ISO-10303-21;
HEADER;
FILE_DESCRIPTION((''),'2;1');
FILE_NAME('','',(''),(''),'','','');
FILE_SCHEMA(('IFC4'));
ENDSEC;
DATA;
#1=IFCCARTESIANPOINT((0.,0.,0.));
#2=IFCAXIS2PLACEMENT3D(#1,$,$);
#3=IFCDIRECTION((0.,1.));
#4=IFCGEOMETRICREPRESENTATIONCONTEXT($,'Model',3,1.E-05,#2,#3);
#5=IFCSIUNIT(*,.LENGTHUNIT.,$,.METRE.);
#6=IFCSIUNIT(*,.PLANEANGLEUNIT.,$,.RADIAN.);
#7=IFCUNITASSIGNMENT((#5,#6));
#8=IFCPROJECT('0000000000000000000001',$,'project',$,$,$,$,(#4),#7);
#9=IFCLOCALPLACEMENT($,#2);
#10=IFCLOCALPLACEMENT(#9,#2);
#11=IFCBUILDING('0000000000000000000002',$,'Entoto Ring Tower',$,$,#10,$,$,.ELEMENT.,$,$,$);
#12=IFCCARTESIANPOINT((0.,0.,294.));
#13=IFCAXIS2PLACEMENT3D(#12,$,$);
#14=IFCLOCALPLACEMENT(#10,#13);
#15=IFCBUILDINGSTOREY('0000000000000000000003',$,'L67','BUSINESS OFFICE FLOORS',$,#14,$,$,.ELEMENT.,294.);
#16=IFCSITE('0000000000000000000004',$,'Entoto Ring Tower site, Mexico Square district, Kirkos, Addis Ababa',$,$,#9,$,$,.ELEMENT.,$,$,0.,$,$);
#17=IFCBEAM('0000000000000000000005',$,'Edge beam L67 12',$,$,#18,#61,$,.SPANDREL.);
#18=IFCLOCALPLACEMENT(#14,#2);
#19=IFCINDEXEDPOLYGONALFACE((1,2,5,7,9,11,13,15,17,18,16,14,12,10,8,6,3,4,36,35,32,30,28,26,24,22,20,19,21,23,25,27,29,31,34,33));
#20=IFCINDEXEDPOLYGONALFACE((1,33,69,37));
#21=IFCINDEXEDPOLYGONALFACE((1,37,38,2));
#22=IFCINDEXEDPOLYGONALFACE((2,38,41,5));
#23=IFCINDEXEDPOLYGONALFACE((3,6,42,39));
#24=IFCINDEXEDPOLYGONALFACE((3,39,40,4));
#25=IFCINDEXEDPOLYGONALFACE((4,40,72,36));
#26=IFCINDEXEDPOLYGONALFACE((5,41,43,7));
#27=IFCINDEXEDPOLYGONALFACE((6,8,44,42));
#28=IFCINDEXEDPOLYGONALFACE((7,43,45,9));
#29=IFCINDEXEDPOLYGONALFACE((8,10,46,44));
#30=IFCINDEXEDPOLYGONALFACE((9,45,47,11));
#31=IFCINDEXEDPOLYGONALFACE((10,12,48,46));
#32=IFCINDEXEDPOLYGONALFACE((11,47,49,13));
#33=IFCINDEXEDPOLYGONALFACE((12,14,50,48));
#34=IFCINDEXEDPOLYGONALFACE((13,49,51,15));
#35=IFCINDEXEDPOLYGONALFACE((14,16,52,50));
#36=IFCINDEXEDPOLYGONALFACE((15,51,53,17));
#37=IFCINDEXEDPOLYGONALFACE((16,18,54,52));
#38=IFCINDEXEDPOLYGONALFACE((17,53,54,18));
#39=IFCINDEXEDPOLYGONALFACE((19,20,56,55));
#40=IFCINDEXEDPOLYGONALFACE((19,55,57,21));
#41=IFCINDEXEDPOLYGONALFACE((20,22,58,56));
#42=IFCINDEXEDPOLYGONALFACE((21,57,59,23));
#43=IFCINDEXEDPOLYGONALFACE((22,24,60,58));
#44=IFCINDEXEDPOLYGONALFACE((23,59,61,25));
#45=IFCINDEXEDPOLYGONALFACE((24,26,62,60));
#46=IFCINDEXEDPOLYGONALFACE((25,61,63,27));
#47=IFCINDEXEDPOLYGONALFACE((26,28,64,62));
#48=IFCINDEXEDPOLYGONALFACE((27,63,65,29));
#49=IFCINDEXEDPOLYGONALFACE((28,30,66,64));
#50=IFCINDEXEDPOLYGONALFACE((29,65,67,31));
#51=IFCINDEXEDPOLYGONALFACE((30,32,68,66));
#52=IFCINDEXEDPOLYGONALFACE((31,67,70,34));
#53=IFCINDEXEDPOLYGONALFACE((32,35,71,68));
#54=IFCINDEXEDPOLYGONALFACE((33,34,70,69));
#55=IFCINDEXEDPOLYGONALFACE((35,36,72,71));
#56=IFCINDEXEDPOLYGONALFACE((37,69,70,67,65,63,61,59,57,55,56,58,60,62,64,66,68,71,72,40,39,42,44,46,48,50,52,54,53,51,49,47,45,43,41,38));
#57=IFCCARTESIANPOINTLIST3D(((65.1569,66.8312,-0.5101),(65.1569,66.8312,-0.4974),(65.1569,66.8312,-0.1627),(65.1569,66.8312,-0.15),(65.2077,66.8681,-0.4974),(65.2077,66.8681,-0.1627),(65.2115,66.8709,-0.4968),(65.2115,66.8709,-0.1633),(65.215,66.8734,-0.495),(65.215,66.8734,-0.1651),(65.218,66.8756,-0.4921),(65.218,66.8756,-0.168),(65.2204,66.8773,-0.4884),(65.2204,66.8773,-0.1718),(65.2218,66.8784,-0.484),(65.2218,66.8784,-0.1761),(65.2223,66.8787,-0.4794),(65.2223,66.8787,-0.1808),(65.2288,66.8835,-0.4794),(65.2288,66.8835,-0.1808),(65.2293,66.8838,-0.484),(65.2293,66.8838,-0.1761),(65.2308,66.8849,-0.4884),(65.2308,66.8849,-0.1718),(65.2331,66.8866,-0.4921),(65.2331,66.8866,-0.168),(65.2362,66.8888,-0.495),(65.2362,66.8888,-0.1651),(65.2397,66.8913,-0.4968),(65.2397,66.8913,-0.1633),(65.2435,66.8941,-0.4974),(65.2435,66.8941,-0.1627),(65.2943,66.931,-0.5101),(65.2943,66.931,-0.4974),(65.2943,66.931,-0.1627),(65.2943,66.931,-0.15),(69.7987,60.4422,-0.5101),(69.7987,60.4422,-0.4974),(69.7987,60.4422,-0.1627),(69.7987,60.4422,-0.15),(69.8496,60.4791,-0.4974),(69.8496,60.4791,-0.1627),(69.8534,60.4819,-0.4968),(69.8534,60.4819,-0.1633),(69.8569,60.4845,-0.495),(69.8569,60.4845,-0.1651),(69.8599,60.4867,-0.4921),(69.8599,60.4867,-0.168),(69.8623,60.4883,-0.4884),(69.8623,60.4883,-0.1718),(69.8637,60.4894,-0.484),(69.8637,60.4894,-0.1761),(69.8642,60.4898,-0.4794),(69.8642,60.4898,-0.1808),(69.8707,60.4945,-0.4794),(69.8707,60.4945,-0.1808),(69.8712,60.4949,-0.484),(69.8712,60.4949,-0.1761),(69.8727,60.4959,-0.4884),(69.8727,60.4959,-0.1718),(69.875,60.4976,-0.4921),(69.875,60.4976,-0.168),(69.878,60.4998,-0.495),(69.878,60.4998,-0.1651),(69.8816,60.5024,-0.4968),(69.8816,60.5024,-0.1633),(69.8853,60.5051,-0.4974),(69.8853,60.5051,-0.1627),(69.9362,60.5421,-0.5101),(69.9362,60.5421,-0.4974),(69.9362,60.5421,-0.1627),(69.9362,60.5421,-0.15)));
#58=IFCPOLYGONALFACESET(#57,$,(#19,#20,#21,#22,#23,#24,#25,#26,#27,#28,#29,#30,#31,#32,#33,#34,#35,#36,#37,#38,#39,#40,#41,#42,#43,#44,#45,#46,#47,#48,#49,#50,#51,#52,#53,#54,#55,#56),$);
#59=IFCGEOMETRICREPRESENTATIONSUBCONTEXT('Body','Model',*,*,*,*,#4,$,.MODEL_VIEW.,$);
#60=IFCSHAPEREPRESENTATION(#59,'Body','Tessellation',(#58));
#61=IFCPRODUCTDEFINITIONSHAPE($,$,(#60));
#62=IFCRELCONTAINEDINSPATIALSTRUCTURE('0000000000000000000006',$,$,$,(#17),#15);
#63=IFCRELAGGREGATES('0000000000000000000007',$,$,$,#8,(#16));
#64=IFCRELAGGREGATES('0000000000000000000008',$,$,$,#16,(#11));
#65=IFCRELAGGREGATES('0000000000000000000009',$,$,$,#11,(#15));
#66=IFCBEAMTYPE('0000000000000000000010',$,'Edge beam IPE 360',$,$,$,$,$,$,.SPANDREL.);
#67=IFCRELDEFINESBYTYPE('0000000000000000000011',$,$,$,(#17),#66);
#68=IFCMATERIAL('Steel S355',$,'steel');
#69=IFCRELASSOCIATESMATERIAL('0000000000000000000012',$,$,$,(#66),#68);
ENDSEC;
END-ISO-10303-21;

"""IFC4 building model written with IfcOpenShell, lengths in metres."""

from ifc_helpers import new_model, si_unit, direction, frame, origin, origin_2d, place, context, subcontext, project, spatial, i_section, extrude, material, material_profile, profile_set, type_object, element, save


model = new_model("IFC4")

# Units and contexts
model_context = context("Model", 3, precision=1e-05, world=origin(), true_north=direction((0.0, 1.0)))
body_context = subcontext(model_context, "Body", "Model", "MODEL_VIEW")
ifc_project = project(units=[si_unit("LENGTHUNIT", "METRE"), si_unit("PLANEANGLEUNIT", "RADIAN")], contexts=[model_context])

# Site, building, storey
site_placement = place(None, origin())
site = spatial("IfcSite", under=ifc_project, at=site_placement, Name="Entoto Ring Tower site, Mexico Square district, Kirkos, Addis Ababa", CompositionType="ELEMENT", RefElevation=0.0)
building_placement = place(site_placement, origin())
building = spatial("IfcBuilding", under=site, at=building_placement, Name="Entoto Ring Tower", CompositionType="ELEMENT")
storey_placement = place(building_placement, frame((0.0, 0.0, 294.0)))
storey = spatial("IfcBuildingStorey", under=building, at=storey_placement, Name="L67", Description="BUSINESS OFFICE FLOORS", CompositionType="ELEMENT", Elevation=294.0)

# Beam
ifc_material_1 = material(Name="Steel S355", Category="steel")
ifc_material_profile_1 = material_profile(ifc_material_1, i_section(OverallWidth=0.1699, OverallDepth=0.3601, WebThickness=0.0081, FlangeThickness=0.0127, FilletRadius=0.0181, at=origin_2d()), Name="IPE 360")
ifc_profile_set_1 = profile_set([ifc_material_profile_1], Name="Steel S355")
beam_type = type_object("IfcBeamType", Name="Edge beam IPE 360", PredefinedType="SPANDREL", material=ifc_profile_set_1)
beam_placement = place(storey_placement, frame((65.2256, 66.8811, -0.3301), z_axis=(0.587787, -0.809015, 0.0), x_axis=(0.809015, 0.587787, 0.0)))
element("IfcBeam", 1, at=beam_placement, inside=storey, type_object=beam_type, Name="Edge beam L67 12", PredefinedType="SPANDREL", context=body_context, shape_type="SweptSolid", body=[
    extrude(i_section(OverallWidth=0.1699, OverallDepth=0.3601, WebThickness=0.0081, FlangeThickness=0.0127, FilletRadius=0.0181, at=origin_2d()), origin(), (0.0, 0.0, 1.0), 7.8972),
])

save(model, "model.ifc")
